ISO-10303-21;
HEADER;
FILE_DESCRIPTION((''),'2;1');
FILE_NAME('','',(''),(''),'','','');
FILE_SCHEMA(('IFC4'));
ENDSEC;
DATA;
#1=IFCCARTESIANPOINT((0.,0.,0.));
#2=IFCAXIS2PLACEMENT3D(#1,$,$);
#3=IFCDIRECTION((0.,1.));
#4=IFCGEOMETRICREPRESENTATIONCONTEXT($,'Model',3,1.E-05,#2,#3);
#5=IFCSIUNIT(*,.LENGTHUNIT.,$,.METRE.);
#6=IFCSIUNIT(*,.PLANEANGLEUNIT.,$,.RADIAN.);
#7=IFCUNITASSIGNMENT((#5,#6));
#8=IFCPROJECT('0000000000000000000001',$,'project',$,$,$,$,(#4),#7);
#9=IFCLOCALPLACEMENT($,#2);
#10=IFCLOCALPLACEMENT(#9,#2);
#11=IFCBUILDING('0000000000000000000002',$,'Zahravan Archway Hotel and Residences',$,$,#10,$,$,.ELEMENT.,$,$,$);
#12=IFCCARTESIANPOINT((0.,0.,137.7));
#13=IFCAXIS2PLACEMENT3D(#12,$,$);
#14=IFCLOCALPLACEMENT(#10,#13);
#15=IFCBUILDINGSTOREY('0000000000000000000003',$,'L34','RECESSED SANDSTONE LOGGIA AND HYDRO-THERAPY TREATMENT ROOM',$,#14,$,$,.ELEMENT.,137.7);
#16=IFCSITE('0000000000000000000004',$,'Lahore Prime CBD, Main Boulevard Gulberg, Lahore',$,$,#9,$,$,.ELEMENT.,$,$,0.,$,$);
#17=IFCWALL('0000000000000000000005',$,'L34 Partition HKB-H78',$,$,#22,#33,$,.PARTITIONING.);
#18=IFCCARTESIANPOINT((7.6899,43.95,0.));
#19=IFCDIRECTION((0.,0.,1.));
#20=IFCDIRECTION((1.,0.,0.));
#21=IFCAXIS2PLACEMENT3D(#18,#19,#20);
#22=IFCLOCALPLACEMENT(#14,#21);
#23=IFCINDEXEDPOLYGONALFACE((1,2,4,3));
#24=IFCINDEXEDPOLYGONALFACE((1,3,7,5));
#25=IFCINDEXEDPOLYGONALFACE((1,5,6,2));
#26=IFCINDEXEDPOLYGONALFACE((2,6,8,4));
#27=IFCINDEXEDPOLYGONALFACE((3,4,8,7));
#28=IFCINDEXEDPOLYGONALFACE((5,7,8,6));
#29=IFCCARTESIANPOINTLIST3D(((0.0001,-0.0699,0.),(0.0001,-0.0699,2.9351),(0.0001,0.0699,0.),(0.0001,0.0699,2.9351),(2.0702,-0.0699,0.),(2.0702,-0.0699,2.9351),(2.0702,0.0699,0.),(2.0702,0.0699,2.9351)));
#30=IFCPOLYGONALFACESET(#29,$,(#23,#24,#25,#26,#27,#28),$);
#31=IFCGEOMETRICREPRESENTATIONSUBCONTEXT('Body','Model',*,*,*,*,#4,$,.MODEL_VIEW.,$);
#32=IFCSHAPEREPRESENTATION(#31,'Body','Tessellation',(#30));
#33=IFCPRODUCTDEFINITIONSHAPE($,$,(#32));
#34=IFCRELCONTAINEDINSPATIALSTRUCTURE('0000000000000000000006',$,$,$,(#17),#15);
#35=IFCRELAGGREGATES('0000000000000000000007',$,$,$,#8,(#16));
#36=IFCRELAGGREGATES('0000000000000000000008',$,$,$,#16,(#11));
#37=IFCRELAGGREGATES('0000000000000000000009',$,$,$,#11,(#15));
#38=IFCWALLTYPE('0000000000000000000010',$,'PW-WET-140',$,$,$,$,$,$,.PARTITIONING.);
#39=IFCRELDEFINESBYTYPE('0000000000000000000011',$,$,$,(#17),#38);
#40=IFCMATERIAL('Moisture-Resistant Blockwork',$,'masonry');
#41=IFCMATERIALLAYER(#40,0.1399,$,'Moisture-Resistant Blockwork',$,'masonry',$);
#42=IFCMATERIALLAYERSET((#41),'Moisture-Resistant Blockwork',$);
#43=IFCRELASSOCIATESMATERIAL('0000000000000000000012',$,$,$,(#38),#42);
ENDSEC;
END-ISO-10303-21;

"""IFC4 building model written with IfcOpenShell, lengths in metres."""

from ifc_helpers import new_model, si_unit, direction, frame, frame_2d, origin, place, context, subcontext, project, spatial, rectangle, extrude, material, layer, layer_set, type_object, element, save


model = new_model("IFC4")

# Units and contexts
model_context = context("Model", 3, precision=1e-05, world=origin(), true_north=direction((0.0, 1.0)))
body_context = subcontext(model_context, "Body", "Model", "MODEL_VIEW")
ifc_project = project(units=[si_unit("LENGTHUNIT", "METRE"), si_unit("PLANEANGLEUNIT", "RADIAN")], contexts=[model_context])

# Site, building, storey
site_placement = place(None, origin())
site = spatial("IfcSite", under=ifc_project, at=site_placement, Name="Lahore Prime CBD, Main Boulevard Gulberg, Lahore", CompositionType="ELEMENT", RefElevation=0.0)
building_placement = place(site_placement, origin())
building = spatial("IfcBuilding", under=site, at=building_placement, Name="Zahravan Archway Hotel and Residences", CompositionType="ELEMENT")
storey_placement = place(building_placement, frame((0.0, 0.0, 137.7)))
storey = spatial("IfcBuildingStorey", under=building, at=storey_placement, Name="L34", Description="RECESSED SANDSTONE LOGGIA AND HYDRO-THERAPY TREATMENT ROOM", CompositionType="ELEMENT", Elevation=137.7)

# Wall
ifc_material_1 = material(Name="Moisture-Resistant Blockwork", Category="masonry")
ifc_layer_1 = layer(ifc_material_1, 0.1399, Name="Moisture-Resistant Blockwork", Category="masonry")
ifc_layer_set_1 = layer_set([ifc_layer_1], Name="Moisture-Resistant Blockwork")
wall_type_1 = type_object("IfcWallType", Name="PW-WET-140", PredefinedType="PARTITIONING", material=ifc_layer_set_1)
wall_1_placement = place(storey_placement, frame((7.6899, 43.95, 0.0), z_axis=(0.0, 0.0, 1.0), x_axis=(1.0, 0.0, 0.0)))
element("IfcWall", 1, at=wall_1_placement, inside=storey, type_object=wall_type_1, Name="L34 Partition HKB-H78", PredefinedType="PARTITIONING", context=body_context, shape_type="SweptSolid", body=[
    extrude(rectangle(XDim=2.0701, YDim=0.1399, at=frame_2d((1.0352, 0.0))), origin(), (0.0, 0.0, 1.0), 2.9351),
])

save(model, "model.ifc")
